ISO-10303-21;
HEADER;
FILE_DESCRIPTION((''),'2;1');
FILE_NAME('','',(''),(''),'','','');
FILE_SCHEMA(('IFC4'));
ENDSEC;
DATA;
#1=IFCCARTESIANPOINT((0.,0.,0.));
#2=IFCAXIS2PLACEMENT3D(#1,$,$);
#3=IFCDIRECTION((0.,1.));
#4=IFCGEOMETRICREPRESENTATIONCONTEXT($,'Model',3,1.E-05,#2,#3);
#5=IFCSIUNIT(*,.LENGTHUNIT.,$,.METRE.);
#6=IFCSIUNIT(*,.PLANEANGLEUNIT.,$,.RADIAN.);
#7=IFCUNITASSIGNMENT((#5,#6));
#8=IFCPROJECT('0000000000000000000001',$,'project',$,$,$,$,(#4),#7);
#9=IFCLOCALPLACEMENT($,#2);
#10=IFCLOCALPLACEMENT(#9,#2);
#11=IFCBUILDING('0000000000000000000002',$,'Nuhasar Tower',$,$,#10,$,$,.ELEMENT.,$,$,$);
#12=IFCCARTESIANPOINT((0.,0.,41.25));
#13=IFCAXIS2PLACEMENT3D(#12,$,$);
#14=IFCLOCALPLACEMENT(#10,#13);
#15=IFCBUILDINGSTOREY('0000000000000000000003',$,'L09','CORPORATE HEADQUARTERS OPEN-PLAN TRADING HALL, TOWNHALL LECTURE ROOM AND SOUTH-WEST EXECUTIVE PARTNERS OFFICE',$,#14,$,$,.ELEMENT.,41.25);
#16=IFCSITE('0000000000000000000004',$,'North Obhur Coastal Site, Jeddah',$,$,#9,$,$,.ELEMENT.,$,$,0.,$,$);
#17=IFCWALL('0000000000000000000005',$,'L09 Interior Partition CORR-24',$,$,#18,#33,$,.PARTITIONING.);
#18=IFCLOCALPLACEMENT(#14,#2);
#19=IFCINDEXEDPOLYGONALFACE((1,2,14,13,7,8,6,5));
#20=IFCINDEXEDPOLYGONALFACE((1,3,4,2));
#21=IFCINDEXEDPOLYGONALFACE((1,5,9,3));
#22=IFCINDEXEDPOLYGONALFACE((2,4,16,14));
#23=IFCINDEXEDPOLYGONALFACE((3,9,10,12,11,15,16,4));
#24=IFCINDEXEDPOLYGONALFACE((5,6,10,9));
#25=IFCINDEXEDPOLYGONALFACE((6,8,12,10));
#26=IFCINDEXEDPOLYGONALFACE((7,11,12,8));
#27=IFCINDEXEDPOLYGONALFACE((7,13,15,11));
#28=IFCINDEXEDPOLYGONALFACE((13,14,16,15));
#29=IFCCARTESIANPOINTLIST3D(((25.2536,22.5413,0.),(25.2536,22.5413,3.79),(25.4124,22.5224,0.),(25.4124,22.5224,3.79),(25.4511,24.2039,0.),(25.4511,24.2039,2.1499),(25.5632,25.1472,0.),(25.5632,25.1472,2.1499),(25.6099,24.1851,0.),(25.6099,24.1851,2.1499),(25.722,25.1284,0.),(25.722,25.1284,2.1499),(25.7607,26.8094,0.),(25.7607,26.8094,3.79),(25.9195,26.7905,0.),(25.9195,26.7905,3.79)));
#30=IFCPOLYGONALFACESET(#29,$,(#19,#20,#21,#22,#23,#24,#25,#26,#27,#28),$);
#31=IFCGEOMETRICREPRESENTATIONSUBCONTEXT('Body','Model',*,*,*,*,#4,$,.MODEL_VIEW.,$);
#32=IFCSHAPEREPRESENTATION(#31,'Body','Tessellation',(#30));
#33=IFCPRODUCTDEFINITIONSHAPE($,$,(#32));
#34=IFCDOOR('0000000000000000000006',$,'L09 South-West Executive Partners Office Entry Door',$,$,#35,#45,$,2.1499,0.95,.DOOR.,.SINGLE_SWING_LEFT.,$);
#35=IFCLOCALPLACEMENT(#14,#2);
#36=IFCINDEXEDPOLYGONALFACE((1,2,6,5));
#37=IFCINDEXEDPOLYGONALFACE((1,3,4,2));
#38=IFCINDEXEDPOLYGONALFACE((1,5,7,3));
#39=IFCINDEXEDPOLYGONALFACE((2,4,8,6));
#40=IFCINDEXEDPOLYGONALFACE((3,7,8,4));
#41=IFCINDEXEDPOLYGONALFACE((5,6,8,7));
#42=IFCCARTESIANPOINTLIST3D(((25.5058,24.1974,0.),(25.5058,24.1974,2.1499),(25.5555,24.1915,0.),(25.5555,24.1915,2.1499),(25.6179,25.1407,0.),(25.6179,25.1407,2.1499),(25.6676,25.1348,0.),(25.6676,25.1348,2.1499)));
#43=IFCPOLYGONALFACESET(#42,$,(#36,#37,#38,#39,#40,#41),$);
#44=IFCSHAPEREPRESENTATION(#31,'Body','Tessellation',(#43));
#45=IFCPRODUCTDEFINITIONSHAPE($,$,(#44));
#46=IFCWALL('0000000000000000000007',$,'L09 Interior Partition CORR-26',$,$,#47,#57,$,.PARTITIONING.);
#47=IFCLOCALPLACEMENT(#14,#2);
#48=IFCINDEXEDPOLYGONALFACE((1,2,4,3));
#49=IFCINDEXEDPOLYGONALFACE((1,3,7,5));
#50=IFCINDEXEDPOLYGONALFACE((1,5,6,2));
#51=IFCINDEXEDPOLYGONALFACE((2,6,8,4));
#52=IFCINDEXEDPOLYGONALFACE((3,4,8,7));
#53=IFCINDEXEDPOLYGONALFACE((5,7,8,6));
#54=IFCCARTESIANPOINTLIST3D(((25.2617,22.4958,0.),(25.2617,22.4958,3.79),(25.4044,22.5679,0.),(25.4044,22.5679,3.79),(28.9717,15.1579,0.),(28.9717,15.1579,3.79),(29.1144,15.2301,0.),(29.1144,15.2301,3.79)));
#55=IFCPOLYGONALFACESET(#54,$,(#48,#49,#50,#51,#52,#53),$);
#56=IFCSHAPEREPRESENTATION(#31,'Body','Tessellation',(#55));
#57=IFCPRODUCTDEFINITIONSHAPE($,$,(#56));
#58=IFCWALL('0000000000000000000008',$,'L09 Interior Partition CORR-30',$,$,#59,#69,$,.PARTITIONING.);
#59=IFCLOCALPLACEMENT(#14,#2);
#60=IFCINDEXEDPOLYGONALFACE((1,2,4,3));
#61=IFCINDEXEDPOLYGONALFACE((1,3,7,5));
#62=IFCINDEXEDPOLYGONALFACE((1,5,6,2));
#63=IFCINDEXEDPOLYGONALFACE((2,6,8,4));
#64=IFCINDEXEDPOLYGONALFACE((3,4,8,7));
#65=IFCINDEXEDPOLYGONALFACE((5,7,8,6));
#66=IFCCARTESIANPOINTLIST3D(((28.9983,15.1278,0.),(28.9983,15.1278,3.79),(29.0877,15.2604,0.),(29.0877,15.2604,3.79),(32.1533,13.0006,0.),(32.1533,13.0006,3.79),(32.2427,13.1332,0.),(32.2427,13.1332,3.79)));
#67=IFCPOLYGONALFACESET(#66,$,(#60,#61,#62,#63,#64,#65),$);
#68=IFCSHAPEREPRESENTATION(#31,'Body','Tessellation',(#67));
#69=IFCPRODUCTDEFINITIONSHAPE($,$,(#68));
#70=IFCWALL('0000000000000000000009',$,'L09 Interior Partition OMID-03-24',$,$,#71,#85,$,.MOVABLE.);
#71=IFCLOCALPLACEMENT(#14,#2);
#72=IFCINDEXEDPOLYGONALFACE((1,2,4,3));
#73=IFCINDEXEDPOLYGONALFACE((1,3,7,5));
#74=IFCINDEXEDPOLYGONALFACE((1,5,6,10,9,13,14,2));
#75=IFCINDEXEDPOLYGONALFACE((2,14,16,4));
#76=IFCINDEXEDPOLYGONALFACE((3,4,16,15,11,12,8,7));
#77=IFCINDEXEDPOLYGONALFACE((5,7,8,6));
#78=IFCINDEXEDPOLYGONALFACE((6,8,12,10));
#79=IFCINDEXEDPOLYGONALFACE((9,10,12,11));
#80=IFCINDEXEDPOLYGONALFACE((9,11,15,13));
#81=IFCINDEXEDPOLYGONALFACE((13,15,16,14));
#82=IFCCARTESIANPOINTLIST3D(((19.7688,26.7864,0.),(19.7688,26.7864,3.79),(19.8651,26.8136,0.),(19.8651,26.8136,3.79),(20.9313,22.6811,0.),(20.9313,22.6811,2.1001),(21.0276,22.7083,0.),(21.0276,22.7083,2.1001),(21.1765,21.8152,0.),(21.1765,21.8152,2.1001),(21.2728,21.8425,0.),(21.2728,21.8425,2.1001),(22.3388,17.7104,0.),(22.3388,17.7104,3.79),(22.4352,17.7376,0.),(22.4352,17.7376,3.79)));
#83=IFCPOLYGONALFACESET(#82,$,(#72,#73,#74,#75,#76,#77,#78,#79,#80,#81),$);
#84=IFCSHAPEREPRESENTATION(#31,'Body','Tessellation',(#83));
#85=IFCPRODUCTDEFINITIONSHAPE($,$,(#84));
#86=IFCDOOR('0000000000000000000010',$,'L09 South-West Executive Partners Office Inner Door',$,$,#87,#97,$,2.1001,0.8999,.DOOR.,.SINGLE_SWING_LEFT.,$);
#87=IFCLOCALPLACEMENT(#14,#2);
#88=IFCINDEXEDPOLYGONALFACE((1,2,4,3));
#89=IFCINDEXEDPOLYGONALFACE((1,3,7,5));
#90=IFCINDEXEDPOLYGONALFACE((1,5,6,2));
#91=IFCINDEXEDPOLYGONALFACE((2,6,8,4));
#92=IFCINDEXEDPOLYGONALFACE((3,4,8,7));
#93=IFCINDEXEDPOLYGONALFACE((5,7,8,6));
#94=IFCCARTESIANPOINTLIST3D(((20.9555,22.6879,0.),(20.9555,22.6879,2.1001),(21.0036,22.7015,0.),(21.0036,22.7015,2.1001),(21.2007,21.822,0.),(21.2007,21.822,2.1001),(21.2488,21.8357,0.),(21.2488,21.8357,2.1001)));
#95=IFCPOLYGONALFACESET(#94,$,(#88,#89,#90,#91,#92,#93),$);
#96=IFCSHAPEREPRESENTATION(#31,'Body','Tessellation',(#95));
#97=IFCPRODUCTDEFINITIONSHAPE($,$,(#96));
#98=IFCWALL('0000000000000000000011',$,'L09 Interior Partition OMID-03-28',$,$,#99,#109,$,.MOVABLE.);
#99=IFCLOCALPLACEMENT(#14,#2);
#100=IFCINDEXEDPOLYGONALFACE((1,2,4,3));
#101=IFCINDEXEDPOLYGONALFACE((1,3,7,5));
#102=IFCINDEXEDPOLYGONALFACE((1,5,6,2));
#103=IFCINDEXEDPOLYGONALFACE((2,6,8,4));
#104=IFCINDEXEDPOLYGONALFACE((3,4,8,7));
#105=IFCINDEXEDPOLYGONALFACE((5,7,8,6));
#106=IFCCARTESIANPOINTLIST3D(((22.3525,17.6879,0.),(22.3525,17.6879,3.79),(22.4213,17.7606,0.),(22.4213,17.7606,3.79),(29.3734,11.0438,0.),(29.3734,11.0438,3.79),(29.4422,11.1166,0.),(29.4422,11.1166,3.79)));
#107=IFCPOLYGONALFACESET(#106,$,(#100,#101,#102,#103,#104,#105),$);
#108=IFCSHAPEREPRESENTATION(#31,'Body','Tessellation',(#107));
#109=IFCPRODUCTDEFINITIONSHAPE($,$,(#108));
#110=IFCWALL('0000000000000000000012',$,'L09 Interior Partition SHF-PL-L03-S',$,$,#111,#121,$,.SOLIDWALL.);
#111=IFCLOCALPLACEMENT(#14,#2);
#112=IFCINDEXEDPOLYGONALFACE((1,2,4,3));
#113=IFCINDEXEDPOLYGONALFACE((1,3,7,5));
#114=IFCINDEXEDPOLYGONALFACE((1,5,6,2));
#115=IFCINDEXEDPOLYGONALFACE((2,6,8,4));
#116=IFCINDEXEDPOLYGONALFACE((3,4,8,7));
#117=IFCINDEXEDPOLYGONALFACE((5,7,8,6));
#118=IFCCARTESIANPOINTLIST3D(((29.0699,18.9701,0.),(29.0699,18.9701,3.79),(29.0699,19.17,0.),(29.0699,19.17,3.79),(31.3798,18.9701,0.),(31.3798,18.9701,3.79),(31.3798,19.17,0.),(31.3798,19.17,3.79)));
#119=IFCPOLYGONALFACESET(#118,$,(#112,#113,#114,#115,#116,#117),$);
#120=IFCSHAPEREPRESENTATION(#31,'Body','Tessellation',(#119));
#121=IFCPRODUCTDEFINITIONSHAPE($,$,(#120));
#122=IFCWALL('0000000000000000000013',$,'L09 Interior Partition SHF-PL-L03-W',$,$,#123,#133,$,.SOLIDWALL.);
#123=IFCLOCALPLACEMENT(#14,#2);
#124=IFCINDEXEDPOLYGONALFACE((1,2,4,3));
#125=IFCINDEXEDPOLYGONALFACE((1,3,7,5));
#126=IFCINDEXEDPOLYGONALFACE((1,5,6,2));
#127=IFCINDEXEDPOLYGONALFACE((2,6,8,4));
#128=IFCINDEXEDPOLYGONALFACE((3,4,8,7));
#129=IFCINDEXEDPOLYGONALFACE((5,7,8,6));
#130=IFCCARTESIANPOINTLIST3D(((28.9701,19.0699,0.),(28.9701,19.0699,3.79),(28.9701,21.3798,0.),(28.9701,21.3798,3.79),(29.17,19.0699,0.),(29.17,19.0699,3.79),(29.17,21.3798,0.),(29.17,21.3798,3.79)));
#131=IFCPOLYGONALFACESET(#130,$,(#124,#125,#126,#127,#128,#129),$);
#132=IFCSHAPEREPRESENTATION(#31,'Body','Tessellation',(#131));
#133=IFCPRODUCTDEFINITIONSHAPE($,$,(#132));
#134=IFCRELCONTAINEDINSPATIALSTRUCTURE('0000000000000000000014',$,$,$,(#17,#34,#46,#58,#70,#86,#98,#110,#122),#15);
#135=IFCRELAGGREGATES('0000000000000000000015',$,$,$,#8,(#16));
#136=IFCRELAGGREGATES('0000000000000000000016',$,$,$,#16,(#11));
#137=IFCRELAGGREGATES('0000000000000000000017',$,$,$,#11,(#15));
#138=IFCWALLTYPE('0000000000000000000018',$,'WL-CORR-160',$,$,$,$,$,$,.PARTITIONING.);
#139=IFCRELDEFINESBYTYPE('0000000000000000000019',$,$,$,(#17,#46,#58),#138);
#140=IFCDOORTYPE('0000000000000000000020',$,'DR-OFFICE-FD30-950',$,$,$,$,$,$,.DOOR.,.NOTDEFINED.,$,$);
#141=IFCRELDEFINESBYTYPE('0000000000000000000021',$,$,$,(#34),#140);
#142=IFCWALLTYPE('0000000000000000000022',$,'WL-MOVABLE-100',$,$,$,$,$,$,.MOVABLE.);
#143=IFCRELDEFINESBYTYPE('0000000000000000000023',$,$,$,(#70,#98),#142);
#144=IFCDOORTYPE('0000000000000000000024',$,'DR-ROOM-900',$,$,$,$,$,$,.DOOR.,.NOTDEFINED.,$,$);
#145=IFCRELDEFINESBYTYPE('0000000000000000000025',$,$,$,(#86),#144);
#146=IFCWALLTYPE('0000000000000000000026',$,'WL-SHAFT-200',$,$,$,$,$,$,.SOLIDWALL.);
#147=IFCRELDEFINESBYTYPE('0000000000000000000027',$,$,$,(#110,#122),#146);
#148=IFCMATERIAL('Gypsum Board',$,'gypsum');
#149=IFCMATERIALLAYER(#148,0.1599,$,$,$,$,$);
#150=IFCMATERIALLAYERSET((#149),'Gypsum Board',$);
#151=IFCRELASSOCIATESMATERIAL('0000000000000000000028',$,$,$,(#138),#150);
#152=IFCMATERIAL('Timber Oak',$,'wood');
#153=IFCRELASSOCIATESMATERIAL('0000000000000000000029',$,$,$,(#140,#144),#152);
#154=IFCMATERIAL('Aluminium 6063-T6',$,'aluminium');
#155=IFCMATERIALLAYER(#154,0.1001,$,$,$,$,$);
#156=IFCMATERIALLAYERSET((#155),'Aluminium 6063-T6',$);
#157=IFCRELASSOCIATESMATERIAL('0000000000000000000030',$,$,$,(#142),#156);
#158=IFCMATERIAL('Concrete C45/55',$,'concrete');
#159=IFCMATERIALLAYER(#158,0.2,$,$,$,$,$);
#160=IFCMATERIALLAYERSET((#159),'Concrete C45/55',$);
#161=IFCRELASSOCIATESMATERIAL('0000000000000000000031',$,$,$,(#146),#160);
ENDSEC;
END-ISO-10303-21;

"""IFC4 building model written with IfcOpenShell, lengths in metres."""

from ifc_helpers import new_model, si_unit, direction, frame, frame_2d, origin, place, context, subcontext, project, spatial, rectangle, extrude, material, layer, layer_set, type_object, element, fill, save


model = new_model("IFC4")

# Units and contexts
model_context = context("Model", 3, precision=1e-05, world=origin(), true_north=direction((0.0, 1.0)))
body_context = subcontext(model_context, "Body", "Model", "MODEL_VIEW")
ifc_project = project(units=[si_unit("LENGTHUNIT", "METRE"), si_unit("PLANEANGLEUNIT", "RADIAN")], contexts=[model_context])

# Site, building, storey
site_placement = place(None, origin())
site = spatial("IfcSite", under=ifc_project, at=site_placement, Name="North Obhur Coastal Site, Jeddah", CompositionType="ELEMENT", RefElevation=0.0)
building_placement = place(site_placement, origin())
building = spatial("IfcBuilding", under=site, at=building_placement, Name="Nuhasar Tower", CompositionType="ELEMENT")
storey_placement = place(building_placement, frame((0.0, 0.0, 41.25)))
storey = spatial("IfcBuildingStorey", under=building, at=storey_placement, Name="L09", Description="CORPORATE HEADQUARTERS OPEN-PLAN TRADING HALL, TOWNHALL LECTURE ROOM AND SOUTH-WEST EXECUTIVE PARTNERS OFFICE", CompositionType="ELEMENT", Elevation=41.25)

# Shared definitions
ifc_material_1 = material(Name="Aluminium 6063-T6", Category="aluminium")

# Wall, opening, door
ifc_material_2 = material(Name="Gypsum Board", Category="gypsum")
ifc_layer_1 = layer(ifc_material_2, 0.1599)
ifc_layer_set_1 = layer_set([ifc_layer_1], Name="Gypsum Board")
wall_type_1 = type_object("IfcWallType", Name="WL-CORR-160", PredefinedType="PARTITIONING", material=ifc_layer_set_1)
wall_1_placement = place(storey_placement, frame((25.333, 22.532, 0.0), z_axis=(0.0, 0.0, 1.0), x_axis=(0.117978, 0.993016, 0.0)))
wall_1 = element("IfcWall", 1, at=wall_1_placement, inside=storey, type_object=wall_type_1, Name="L09 Interior Partition CORR-24", PredefinedType="PARTITIONING", context=body_context, shape_type="SweptSolid", body=[
    extrude(rectangle(XDim=4.2981, YDim=0.1599, at=frame_2d((2.1489, 0.0))), origin(), (0.0, 0.0, 1.0), 3.79),
])
opening_1_placement = place(wall_1_placement, frame((1.6741, 0.0, 0.0)))
opening_1 = element("IfcOpeningElement", 2, at=opening_1_placement, cuts=wall_1, PredefinedType="OPENING", context=body_context, shape_type="SweptSolid", body=[
    extrude(rectangle(XDim=0.95, YDim=2.1499, at=frame_2d((0.4751, 1.075))), frame((0.0, 0.0898, 0.0), z_axis=(0.0, -1.0, 0.0), x_axis=(1.0, 0.0, 0.0)), (0.0, 0.0, 1.0), 0.1799),
])
ifc_material_3 = material(Name="Timber Oak", Category="wood")
door_type_1 = type_object("IfcDoorType", Name="DR-OFFICE-FD30-950", OperationType="NOTDEFINED", PredefinedType="DOOR", material=ifc_material_3)
door_1_placement = place(opening_1_placement, origin())
door_1 = element("IfcDoor", 3, at=door_1_placement, inside=storey, type_object=door_type_1, Name="L09 South-West Executive Partners Office Entry Door", OperationType="SINGLE_SWING_LEFT", OverallHeight=2.1499, OverallWidth=0.95, PredefinedType="DOOR", context=body_context, shape_type="SweptSolid", body=[
    extrude(rectangle(XDim=0.95, YDim=2.1499, at=frame_2d((0.4751, 1.075))), frame((0.0, 0.0249, 0.0), z_axis=(0.0, -1.0, 0.0), x_axis=(1.0, 0.0, 0.0)), (0.0, 0.0, 1.0), 0.05),
])
fill(opening_1, door_1)

# Walls
wall_2_placement = place(storey_placement, frame((25.333, 22.532, 0.0), z_axis=(0.0, 0.0, 1.0), x_axis=(0.4512, -0.892423, 0.0)))
element("IfcWall", 4, at=wall_2_placement, inside=storey, type_object=wall_type_1, Name="L09 Interior Partition CORR-26", PredefinedType="PARTITIONING", context=body_context, shape_type="SweptSolid", body=[
    extrude(rectangle(XDim=8.2224, YDim=0.1599, at=frame_2d((4.1113, 0.0))), origin(), (0.0, 0.0, 1.0), 3.79),
])
wall_3_placement = place(storey_placement, frame((29.043, 15.1941, 0.0), z_axis=(0.0, 0.0, 1.0), x_axis=(0.829147, -0.559031, 0.0)))
element("IfcWall", 5, at=wall_3_placement, inside=storey, type_object=wall_type_1, Name="L09 Interior Partition CORR-30", PredefinedType="PARTITIONING", context=body_context, shape_type="SweptSolid", body=[
    extrude(rectangle(XDim=3.8052, YDim=0.1599, at=frame_2d((1.9026, 0.0))), origin(), (0.0, 0.0, 1.0), 3.79),
])

# Wall, opening, door
ifc_layer_2 = layer(ifc_material_1, 0.1001)
ifc_layer_set_2 = layer_set([ifc_layer_2], Name="Aluminium 6063-T6")
wall_type_2 = type_object("IfcWallType", Name="WL-MOVABLE-100", PredefinedType="MOVABLE", material=ifc_layer_set_2)
wall_4_placement = place(storey_placement, frame((22.387, 17.7241, 0.0), z_axis=(0.0, 0.0, 1.0), x_axis=(-0.272461, 0.962167, 0.0)))
wall_4 = element("IfcWall", 6, at=wall_4_placement, inside=storey, type_object=wall_type_2, Name="L09 Interior Partition OMID-03-24", PredefinedType="MOVABLE", context=body_context, shape_type="SweptSolid", body=[
    extrude(rectangle(XDim=9.4329, YDim=0.1001, at=frame_2d((4.7163, 0.0))), origin(), (0.0, 0.0, 1.0), 3.79),
])
opening_2_placement = place(wall_4_placement, frame((4.2661, 0.0, 0.0)))
opening_2 = element("IfcOpeningElement", 7, at=opening_2_placement, cuts=wall_4, PredefinedType="OPENING", context=body_context, shape_type="SweptSolid", body=[
    extrude(rectangle(XDim=0.8999, YDim=2.1001, at=frame_2d((0.45, 1.05))), frame((0.0, 0.0601, 0.0), z_axis=(0.0, -1.0, 0.0), x_axis=(1.0, 0.0, 0.0)), (0.0, 0.0, 1.0), 0.1201),
])
door_type_2 = type_object("IfcDoorType", Name="DR-ROOM-900", OperationType="NOTDEFINED", PredefinedType="DOOR", material=ifc_material_3)
door_2_placement = place(opening_2_placement, origin())
door_2 = element("IfcDoor", 8, at=door_2_placement, inside=storey, type_object=door_type_2, Name="L09 South-West Executive Partners Office Inner Door", OperationType="SINGLE_SWING_LEFT", OverallHeight=2.1001, OverallWidth=0.8999, PredefinedType="DOOR", context=body_context, shape_type="SweptSolid", body=[
    extrude(rectangle(XDim=0.8999, YDim=2.1001, at=frame_2d((0.45, 1.05))), frame((0.0, 0.0249, 0.0), z_axis=(0.0, -1.0, 0.0), x_axis=(1.0, 0.0, 0.0)), (0.0, 0.0, 1.0), 0.05),
])
fill(opening_2, door_2)

# Walls
wall_5_placement = place(storey_placement, frame((22.387, 17.7241, 0.0), z_axis=(0.0, 0.0, 1.0), x_axis=(0.726336, -0.68734, 0.0)))
element("IfcWall", 9, at=wall_5_placement, inside=storey, type_object=wall_type_2, Name="L09 Interior Partition OMID-03-28", PredefinedType="MOVABLE", context=body_context, shape_type="SweptSolid", body=[
    extrude(rectangle(XDim=9.6663, YDim=0.1001, at=frame_2d((4.833, 0.0))), origin(), (0.0, 0.0, 1.0), 3.79),
])
ifc_material_4 = material(Name="Concrete C45/55", Category="concrete")
ifc_layer_3 = layer(ifc_material_4, 0.2)
ifc_layer_set_3 = layer_set([ifc_layer_3], Name="Concrete C45/55")
wall_type_3 = type_object("IfcWallType", Name="WL-SHAFT-200", PredefinedType="SOLIDWALL", material=ifc_layer_set_3)
wall_6_placement = place(storey_placement, frame((29.0701, 19.0701, 0.0), z_axis=(0.0, 0.0, 1.0), x_axis=(1.0, 0.0, 0.0)))
element("IfcWall", 10, at=wall_6_placement, inside=storey, type_object=wall_type_3, Name="L09 Interior Partition SHF-PL-L03-S", PredefinedType="SOLIDWALL", context=body_context, shape_type="SweptSolid", body=[
    extrude(rectangle(XDim=2.3098, YDim=0.2, at=frame_2d((1.1548, 0.0))), origin(), (0.0, 0.0, 1.0), 3.79),
])

# Wall
wall_7_placement = place(storey_placement, frame((29.0701, 19.0701, 0.0), z_axis=(0.0, 0.0, 1.0), x_axis=(0.0, 1.0, 0.0)))
element("IfcWall", 11, at=wall_7_placement, inside=storey, type_object=wall_type_3, Name="L09 Interior Partition SHF-PL-L03-W", PredefinedType="SOLIDWALL", context=body_context, shape_type="SweptSolid", body=[
    extrude(rectangle(XDim=2.3098, YDim=0.2, at=frame_2d((1.1548, 0.0))), origin(), (0.0, 0.0, 1.0), 3.79),
])

save(model, "model.ifc")
